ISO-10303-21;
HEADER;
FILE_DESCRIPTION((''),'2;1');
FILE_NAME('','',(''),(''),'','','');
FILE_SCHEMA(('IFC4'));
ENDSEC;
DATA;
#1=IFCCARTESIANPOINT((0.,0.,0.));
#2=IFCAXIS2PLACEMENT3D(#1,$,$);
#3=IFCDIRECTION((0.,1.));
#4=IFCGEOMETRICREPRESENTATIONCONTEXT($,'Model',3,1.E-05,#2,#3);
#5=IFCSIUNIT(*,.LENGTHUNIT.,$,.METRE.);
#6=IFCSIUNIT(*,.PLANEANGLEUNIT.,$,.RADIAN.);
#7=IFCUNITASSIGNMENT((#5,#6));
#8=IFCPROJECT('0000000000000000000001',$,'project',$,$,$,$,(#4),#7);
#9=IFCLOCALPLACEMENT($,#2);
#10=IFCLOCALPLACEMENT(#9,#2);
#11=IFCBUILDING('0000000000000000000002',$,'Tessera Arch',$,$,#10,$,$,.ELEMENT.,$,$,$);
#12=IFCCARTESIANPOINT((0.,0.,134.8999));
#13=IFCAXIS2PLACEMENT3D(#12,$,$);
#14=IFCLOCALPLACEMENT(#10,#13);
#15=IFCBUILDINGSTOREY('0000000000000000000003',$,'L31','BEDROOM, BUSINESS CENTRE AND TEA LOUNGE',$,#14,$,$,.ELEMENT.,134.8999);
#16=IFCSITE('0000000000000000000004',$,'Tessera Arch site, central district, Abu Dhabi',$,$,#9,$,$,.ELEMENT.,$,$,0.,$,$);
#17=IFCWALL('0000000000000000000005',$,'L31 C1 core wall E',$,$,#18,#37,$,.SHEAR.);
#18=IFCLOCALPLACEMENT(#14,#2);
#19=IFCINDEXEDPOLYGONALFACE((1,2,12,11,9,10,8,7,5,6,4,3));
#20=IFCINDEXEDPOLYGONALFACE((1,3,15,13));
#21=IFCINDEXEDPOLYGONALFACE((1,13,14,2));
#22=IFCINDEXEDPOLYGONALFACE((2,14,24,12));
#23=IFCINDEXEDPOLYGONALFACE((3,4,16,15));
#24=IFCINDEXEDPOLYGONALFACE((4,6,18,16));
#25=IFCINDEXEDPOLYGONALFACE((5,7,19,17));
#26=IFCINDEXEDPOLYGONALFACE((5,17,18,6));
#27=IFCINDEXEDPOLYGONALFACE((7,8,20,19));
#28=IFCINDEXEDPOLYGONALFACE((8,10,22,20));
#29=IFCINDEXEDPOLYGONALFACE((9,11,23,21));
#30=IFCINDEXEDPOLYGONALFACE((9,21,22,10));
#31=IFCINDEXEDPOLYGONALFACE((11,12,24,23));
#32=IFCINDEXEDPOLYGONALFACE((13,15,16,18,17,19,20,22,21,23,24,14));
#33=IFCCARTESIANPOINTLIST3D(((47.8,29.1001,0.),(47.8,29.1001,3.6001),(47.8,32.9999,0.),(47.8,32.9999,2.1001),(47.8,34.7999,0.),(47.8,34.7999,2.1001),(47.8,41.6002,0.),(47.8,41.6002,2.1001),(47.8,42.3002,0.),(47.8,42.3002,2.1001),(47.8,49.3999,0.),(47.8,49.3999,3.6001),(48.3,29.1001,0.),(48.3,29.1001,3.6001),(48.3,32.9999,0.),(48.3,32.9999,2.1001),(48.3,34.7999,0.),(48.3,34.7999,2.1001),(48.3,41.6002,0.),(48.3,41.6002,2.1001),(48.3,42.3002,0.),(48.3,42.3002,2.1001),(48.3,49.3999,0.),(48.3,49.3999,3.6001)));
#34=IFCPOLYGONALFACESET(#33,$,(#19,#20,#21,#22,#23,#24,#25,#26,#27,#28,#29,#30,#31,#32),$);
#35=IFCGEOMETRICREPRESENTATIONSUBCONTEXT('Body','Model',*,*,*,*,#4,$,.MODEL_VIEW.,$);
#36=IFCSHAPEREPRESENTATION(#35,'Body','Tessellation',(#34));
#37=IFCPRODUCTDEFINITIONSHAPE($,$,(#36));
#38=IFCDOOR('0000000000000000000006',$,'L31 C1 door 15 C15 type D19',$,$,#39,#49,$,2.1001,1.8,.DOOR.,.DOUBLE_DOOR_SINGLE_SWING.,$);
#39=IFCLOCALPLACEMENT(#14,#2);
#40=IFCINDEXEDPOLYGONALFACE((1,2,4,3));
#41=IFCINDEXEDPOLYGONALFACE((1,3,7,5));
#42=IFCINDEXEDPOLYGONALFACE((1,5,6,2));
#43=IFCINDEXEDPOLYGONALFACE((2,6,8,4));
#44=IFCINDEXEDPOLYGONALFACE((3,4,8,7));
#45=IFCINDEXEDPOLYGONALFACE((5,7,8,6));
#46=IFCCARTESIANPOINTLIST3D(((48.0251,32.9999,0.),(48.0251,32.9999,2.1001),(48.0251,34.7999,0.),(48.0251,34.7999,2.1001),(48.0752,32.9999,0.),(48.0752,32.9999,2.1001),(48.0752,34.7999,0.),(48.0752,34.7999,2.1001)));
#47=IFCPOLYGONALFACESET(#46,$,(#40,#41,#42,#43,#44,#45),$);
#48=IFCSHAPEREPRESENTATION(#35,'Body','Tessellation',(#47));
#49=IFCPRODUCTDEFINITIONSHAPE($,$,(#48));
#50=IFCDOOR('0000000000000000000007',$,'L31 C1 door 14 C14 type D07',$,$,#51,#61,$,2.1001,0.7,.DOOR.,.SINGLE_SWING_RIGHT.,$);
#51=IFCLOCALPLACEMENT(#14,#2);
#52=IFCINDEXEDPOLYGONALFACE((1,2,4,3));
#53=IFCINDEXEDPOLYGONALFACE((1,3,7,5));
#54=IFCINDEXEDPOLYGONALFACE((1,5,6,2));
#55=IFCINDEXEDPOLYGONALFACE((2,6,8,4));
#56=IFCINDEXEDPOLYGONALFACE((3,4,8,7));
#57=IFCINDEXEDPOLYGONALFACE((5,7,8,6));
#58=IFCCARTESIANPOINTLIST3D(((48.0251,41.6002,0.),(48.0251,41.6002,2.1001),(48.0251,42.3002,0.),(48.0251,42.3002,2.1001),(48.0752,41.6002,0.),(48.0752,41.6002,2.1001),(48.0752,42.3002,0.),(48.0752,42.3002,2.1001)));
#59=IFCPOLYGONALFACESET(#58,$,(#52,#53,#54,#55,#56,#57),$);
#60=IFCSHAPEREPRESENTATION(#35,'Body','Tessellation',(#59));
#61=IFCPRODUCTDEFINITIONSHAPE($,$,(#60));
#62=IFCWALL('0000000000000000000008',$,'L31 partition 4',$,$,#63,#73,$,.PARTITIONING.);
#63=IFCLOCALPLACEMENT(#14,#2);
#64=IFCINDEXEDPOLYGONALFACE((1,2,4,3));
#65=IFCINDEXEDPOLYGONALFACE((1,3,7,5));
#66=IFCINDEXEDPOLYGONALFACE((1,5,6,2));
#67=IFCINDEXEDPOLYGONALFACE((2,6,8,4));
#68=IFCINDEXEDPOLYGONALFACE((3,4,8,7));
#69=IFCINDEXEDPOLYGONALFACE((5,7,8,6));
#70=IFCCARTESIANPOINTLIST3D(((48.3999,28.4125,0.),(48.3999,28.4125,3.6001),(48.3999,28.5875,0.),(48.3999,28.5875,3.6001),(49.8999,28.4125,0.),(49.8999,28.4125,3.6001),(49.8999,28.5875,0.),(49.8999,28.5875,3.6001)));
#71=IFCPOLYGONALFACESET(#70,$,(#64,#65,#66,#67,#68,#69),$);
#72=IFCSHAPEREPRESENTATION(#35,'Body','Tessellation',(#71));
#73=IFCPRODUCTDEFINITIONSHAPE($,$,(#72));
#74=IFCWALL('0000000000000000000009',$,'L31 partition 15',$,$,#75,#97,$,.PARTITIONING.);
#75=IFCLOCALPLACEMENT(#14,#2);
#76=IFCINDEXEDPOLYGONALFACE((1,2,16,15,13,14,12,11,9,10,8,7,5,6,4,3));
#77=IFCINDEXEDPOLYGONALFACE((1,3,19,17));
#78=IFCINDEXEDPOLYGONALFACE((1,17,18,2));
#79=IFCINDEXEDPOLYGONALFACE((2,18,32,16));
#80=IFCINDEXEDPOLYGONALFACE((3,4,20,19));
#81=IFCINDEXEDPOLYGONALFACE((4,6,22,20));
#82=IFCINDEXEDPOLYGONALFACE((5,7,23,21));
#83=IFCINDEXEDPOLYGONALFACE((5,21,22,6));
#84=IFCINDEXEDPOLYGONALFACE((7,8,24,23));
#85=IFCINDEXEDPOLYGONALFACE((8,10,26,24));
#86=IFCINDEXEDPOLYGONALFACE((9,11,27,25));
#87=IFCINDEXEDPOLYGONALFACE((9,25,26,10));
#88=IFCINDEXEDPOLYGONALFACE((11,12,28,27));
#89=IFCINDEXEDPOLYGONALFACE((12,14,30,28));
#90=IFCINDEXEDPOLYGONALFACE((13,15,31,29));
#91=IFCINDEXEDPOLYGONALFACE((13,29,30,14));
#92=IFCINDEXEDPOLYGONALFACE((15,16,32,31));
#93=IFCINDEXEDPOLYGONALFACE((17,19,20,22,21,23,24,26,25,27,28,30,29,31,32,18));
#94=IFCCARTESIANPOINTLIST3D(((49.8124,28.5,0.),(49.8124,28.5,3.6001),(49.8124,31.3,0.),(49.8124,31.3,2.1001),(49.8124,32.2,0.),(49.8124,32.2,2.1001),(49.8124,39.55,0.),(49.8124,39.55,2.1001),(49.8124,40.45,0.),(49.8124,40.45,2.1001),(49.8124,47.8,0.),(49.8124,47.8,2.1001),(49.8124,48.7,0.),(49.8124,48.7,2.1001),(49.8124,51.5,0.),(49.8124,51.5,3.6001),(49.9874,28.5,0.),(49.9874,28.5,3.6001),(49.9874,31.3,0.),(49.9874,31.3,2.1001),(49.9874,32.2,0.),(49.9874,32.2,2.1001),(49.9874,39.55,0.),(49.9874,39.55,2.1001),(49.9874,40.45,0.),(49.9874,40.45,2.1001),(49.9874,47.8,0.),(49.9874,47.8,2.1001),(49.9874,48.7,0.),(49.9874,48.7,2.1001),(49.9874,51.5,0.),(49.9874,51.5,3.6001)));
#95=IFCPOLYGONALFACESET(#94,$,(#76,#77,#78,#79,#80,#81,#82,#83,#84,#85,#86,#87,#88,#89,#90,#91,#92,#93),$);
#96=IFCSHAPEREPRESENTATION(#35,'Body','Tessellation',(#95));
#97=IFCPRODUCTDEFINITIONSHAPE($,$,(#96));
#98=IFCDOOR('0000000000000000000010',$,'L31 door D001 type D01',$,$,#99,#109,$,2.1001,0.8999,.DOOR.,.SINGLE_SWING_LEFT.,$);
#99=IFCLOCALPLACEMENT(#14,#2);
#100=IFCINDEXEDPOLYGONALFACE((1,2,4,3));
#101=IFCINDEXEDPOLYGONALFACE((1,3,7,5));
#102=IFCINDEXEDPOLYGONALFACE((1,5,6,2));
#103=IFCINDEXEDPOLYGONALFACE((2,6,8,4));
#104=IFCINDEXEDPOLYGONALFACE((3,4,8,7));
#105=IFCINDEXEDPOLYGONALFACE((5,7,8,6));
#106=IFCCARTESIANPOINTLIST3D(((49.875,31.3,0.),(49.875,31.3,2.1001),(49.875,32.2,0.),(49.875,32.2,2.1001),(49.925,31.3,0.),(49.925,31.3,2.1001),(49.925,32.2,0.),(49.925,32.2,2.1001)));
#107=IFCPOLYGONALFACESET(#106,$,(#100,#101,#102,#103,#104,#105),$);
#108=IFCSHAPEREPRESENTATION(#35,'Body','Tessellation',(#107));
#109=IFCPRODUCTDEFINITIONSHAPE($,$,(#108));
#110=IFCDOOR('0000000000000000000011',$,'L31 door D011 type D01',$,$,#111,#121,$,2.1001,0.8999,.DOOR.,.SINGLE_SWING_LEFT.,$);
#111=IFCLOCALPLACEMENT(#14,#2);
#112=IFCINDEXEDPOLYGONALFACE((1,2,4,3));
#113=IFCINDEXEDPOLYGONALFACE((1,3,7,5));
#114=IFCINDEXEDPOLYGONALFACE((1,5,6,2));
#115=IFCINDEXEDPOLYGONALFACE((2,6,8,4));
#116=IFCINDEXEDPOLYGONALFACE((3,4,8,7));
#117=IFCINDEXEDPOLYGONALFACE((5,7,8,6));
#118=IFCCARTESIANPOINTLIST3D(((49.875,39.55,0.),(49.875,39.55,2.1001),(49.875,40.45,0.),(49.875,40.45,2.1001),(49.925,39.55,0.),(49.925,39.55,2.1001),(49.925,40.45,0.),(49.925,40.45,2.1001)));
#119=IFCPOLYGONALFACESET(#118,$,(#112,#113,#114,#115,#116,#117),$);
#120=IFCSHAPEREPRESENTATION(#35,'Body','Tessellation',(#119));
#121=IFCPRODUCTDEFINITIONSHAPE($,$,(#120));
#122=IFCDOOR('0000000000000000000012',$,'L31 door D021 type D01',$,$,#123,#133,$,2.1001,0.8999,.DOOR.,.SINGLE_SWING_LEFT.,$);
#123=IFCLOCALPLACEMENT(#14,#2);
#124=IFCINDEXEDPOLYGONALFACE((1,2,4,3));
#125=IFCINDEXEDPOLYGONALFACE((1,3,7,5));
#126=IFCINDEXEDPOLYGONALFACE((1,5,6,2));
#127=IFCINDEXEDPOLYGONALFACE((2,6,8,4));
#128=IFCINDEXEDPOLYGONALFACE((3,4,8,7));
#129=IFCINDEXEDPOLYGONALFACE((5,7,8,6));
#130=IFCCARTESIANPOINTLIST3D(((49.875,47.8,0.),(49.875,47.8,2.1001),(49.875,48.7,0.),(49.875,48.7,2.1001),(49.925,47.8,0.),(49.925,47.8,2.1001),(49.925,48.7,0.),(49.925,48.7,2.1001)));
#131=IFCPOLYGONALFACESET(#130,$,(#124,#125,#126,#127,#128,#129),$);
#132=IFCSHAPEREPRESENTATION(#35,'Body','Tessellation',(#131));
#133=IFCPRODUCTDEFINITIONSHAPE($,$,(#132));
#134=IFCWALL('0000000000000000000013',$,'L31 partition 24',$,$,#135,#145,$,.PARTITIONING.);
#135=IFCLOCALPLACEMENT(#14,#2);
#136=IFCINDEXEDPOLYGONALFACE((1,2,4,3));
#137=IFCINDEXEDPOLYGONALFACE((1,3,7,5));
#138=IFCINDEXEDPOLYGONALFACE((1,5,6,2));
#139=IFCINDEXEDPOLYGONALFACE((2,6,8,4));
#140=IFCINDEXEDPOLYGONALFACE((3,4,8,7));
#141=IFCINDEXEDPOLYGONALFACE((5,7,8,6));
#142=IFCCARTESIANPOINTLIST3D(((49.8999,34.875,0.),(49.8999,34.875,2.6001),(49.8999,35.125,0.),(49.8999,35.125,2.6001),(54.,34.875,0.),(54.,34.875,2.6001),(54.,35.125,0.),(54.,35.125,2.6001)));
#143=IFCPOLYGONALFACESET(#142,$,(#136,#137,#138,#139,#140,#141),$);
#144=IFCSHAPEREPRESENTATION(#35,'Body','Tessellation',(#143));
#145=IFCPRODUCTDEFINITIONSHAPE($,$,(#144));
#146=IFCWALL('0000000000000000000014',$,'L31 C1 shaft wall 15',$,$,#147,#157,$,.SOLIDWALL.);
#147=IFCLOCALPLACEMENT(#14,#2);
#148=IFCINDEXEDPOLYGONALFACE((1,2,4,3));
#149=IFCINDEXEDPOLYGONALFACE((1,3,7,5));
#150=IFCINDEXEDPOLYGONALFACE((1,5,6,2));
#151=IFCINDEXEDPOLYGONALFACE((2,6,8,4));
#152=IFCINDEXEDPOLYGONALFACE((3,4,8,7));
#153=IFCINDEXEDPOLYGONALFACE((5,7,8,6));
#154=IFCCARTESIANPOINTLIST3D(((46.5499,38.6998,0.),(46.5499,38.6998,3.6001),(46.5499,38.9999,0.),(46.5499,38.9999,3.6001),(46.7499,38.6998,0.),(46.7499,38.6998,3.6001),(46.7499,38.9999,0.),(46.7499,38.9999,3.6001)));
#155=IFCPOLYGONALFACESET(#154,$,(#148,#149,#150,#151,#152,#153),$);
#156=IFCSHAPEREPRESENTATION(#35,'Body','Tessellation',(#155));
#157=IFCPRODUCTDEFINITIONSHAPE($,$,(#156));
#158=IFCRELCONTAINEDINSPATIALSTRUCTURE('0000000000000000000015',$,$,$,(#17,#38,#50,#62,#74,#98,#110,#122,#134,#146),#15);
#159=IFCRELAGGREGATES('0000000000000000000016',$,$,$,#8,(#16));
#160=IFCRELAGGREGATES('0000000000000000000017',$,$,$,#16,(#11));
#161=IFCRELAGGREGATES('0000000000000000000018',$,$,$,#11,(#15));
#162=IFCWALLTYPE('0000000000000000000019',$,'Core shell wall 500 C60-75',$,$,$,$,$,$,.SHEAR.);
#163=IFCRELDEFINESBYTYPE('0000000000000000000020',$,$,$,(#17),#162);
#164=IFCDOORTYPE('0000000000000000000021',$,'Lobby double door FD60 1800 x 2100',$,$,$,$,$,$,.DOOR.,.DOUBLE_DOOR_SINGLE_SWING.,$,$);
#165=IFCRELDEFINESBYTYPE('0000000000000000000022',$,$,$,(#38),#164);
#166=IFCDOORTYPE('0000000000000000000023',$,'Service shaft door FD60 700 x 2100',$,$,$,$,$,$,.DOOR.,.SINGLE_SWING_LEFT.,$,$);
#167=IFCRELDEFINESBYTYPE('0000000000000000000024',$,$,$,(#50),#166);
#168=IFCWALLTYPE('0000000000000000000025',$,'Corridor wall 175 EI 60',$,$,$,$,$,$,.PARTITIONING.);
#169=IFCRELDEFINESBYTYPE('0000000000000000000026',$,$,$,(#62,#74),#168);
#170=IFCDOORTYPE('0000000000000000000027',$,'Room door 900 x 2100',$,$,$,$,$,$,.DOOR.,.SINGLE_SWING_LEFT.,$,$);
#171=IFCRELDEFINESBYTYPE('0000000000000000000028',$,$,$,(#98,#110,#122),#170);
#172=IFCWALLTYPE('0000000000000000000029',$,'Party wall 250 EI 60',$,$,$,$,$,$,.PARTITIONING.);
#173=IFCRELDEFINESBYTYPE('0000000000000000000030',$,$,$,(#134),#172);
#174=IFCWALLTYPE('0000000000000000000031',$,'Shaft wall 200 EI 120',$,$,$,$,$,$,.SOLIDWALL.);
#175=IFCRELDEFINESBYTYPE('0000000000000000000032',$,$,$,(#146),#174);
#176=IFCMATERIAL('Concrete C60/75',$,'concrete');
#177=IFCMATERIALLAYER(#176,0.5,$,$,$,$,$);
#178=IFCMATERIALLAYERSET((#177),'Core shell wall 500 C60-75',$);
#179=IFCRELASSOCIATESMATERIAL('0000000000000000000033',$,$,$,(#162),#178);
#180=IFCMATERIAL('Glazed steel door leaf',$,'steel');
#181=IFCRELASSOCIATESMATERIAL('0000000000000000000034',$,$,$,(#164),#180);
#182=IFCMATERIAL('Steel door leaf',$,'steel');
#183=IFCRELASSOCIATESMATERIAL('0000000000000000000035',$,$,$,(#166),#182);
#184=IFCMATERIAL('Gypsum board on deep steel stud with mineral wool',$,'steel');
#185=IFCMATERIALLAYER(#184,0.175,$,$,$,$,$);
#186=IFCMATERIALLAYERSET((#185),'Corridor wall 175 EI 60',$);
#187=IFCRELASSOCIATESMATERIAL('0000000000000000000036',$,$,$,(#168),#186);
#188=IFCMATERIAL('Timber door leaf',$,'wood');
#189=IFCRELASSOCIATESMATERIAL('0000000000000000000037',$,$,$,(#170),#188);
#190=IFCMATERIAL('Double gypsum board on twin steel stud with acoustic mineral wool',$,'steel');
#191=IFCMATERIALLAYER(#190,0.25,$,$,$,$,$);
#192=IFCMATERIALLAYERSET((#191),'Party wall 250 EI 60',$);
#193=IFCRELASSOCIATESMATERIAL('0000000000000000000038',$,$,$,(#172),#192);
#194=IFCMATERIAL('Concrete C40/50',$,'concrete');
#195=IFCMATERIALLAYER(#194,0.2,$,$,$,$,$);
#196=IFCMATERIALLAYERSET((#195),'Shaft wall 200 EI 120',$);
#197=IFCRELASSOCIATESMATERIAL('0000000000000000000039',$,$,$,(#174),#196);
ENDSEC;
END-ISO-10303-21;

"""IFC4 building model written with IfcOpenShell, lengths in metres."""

from ifc_helpers import new_model, si_unit, direction, frame, frame_2d, origin, place, context, subcontext, project, spatial, rectangle, extrude, material, layer, layer_set, type_object, element, fill, save


model = new_model("IFC4")

# Units and contexts
model_context = context("Model", 3, precision=1e-05, world=origin(), true_north=direction((0.0, 1.0)))
body_context = subcontext(model_context, "Body", "Model", "MODEL_VIEW")
ifc_project = project(units=[si_unit("LENGTHUNIT", "METRE"), si_unit("PLANEANGLEUNIT", "RADIAN")], contexts=[model_context])

# Site, building, storey
site_placement = place(None, origin())
site = spatial("IfcSite", under=ifc_project, at=site_placement, Name="Tessera Arch site, central district, Abu Dhabi", CompositionType="ELEMENT", RefElevation=0.0)
building_placement = place(site_placement, origin())
building = spatial("IfcBuilding", under=site, at=building_placement, Name="Tessera Arch", CompositionType="ELEMENT")
storey_placement = place(building_placement, frame((0.0, 0.0, 134.8999)))
storey = spatial("IfcBuildingStorey", under=building, at=storey_placement, Name="L31", Description="BEDROOM, BUSINESS CENTRE AND TEA LOUNGE", CompositionType="ELEMENT", Elevation=134.8999)

# Wall, openings, doors
ifc_material_1 = material(Name="Concrete C60/75", Category="concrete")
ifc_layer_1 = layer(ifc_material_1, 0.5)
ifc_layer_set_1 = layer_set([ifc_layer_1], Name="Core shell wall 500 C60-75")
wall_type_1 = type_object("IfcWallType", Name="Core shell wall 500 C60-75", PredefinedType="SHEAR", material=ifc_layer_set_1)
wall_1_placement = place(storey_placement, frame((48.05, 29.1001, 0.0), z_axis=(0.0, 0.0, 1.0), x_axis=(0.0, 1.0, 0.0)))
wall_1 = element("IfcWall", 1, at=wall_1_placement, inside=storey, type_object=wall_type_1, Name="L31 C1 core wall E", PredefinedType="SHEAR", context=body_context, shape_type="SweptSolid", body=[
    extrude(rectangle(XDim=20.2998, YDim=0.5, at=frame_2d((10.1499, 0.0))), origin(), (0.0, 0.0, 1.0), 3.6001),
])
opening_1_placement = place(wall_1_placement, frame((12.5, 0.0, 0.0)))
opening_1 = element("IfcOpeningElement", 2, at=opening_1_placement, cuts=wall_1, PredefinedType="OPENING", context=body_context, shape_type="SweptSolid", body=[
    extrude(rectangle(XDim=0.7, YDim=2.1001, at=frame_2d((0.3501, 1.05))), frame((0.0, 0.26, 0.0), z_axis=(0.0, -1.0, 0.0), x_axis=(1.0, 0.0, 0.0)), (0.0, 0.0, 1.0), 0.52),
])
opening_2_placement = place(wall_1_placement, frame((3.8999, 0.0, 0.0)))
opening_2 = element("IfcOpeningElement", 3, at=opening_2_placement, cuts=wall_1, PredefinedType="OPENING", context=body_context, shape_type="SweptSolid", body=[
    extrude(rectangle(XDim=1.8, YDim=2.1001, at=frame_2d((0.8999, 1.05))), frame((0.0, 0.26, 0.0), z_axis=(0.0, -1.0, 0.0), x_axis=(1.0, 0.0, 0.0)), (0.0, 0.0, 1.0), 0.52),
])
ifc_material_2 = material(Name="Glazed steel door leaf", Category="steel")
door_type_1 = type_object("IfcDoorType", Name="Lobby double door FD60 1800 x 2100", OperationType="DOUBLE_DOOR_SINGLE_SWING", PredefinedType="DOOR", material=ifc_material_2)
door_1_placement = place(opening_2_placement, origin())
door_1 = element("IfcDoor", 4, at=door_1_placement, inside=storey, type_object=door_type_1, Name="L31 C1 door 15 C15 type D19", OperationType="DOUBLE_DOOR_SINGLE_SWING", OverallHeight=2.1001, OverallWidth=1.8, PredefinedType="DOOR", context=body_context, shape_type="SweptSolid", body=[
    extrude(rectangle(XDim=1.8, YDim=2.1001, at=frame_2d((0.8999, 1.05))), frame((0.0, 0.0249, 0.0), z_axis=(0.0, -1.0, 0.0), x_axis=(1.0, 0.0, 0.0)), (0.0, 0.0, 1.0), 0.05),
])
fill(opening_2, door_1)
ifc_material_3 = material(Name="Steel door leaf", Category="steel")
door_type_2 = type_object("IfcDoorType", Name="Service shaft door FD60 700 x 2100", OperationType="SINGLE_SWING_LEFT", PredefinedType="DOOR", material=ifc_material_3)
door_2_placement = place(opening_1_placement, origin())
door_2 = element("IfcDoor", 5, at=door_2_placement, inside=storey, type_object=door_type_2, Name="L31 C1 door 14 C14 type D07", OperationType="SINGLE_SWING_RIGHT", OverallHeight=2.1001, OverallWidth=0.7, PredefinedType="DOOR", context=body_context, shape_type="SweptSolid", body=[
    extrude(rectangle(XDim=0.7, YDim=2.1001, at=frame_2d((0.3501, 1.05))), frame((0.0, 0.0249, 0.0), z_axis=(0.0, -1.0, 0.0), x_axis=(1.0, 0.0, 0.0)), (0.0, 0.0, 1.0), 0.05),
])
fill(opening_1, door_2)

# Wall
ifc_material_4 = material(Name="Gypsum board on deep steel stud with mineral wool", Category="steel")
ifc_layer_2 = layer(ifc_material_4, 0.175)
ifc_layer_set_2 = layer_set([ifc_layer_2], Name="Corridor wall 175 EI 60")
wall_type_2 = type_object("IfcWallType", Name="Corridor wall 175 EI 60", PredefinedType="PARTITIONING", material=ifc_layer_set_2)
wall_2_placement = place(storey_placement, frame((48.3999, 28.5, 0.0), z_axis=(0.0, 0.0, 1.0), x_axis=(1.0, 0.0, 0.0)))
element("IfcWall", 6, at=wall_2_placement, inside=storey, type_object=wall_type_2, Name="L31 partition 4", PredefinedType="PARTITIONING", context=body_context, shape_type="SweptSolid", body=[
    extrude(rectangle(XDim=1.5, YDim=0.175, at=frame_2d((0.75, 0.0))), origin(), (0.0, 0.0, 1.0), 3.6001),
])

# Wall, openings, doors
wall_3_placement = place(storey_placement, frame((49.8999, 28.5, 0.0), z_axis=(0.0, 0.0, 1.0), x_axis=(0.0, 1.0, 0.0)))
wall_3 = element("IfcWall", 7, at=wall_3_placement, inside=storey, type_object=wall_type_2, Name="L31 partition 15", PredefinedType="PARTITIONING", context=body_context, shape_type="SweptSolid", body=[
    extrude(rectangle(XDim=23.0, YDim=0.175, at=frame_2d((11.5, 0.0))), origin(), (0.0, 0.0, 1.0), 3.6001),
])
opening_3_placement = place(wall_3_placement, frame((2.8, 0.0, 0.0)))
opening_3 = element("IfcOpeningElement", 8, at=opening_3_placement, cuts=wall_3, PredefinedType="OPENING", context=body_context, shape_type="SweptSolid", body=[
    extrude(rectangle(XDim=0.8999, YDim=2.1001, at=frame_2d((0.45, 1.05))), frame((0.0, 0.0974, 0.0), z_axis=(0.0, -1.0, 0.0), x_axis=(1.0, 0.0, 0.0)), (0.0, 0.0, 1.0), 0.1951),
])
opening_4_placement = place(wall_3_placement, frame((11.05, 0.0, 0.0)))
opening_4 = element("IfcOpeningElement", 9, at=opening_4_placement, cuts=wall_3, PredefinedType="OPENING", context=body_context, shape_type="SweptSolid", body=[
    extrude(rectangle(XDim=0.8999, YDim=2.1001, at=frame_2d((0.45, 1.05))), frame((0.0, 0.0974, 0.0), z_axis=(0.0, -1.0, 0.0), x_axis=(1.0, 0.0, 0.0)), (0.0, 0.0, 1.0), 0.1951),
])
opening_5_placement = place(wall_3_placement, frame((19.3, 0.0, 0.0)))
opening_5 = element("IfcOpeningElement", 10, at=opening_5_placement, cuts=wall_3, PredefinedType="OPENING", context=body_context, shape_type="SweptSolid", body=[
    extrude(rectangle(XDim=0.8999, YDim=2.1001, at=frame_2d((0.45, 1.05))), frame((0.0, 0.0974, 0.0), z_axis=(0.0, -1.0, 0.0), x_axis=(1.0, 0.0, 0.0)), (0.0, 0.0, 1.0), 0.1951),
])
ifc_material_5 = material(Name="Timber door leaf", Category="wood")
door_type_3 = type_object("IfcDoorType", Name="Room door 900 x 2100", OperationType="SINGLE_SWING_LEFT", PredefinedType="DOOR", material=ifc_material_5)
door_3_placement = place(opening_3_placement, origin())
door_3 = element("IfcDoor", 11, at=door_3_placement, inside=storey, type_object=door_type_3, Name="L31 door D001 type D01", OperationType="SINGLE_SWING_LEFT", OverallHeight=2.1001, OverallWidth=0.8999, PredefinedType="DOOR", context=body_context, shape_type="SweptSolid", body=[
    extrude(rectangle(XDim=0.8999, YDim=2.1001, at=frame_2d((0.45, 1.05))), frame((0.0, 0.0249, 0.0), z_axis=(0.0, -1.0, 0.0), x_axis=(1.0, 0.0, 0.0)), (0.0, 0.0, 1.0), 0.05),
])
fill(opening_3, door_3)
door_4_placement = place(opening_4_placement, origin())
door_4 = element("IfcDoor", 12, at=door_4_placement, inside=storey, type_object=door_type_3, Name="L31 door D011 type D01", OperationType="SINGLE_SWING_LEFT", OverallHeight=2.1001, OverallWidth=0.8999, PredefinedType="DOOR", context=body_context, shape_type="SweptSolid", body=[
    extrude(rectangle(XDim=0.8999, YDim=2.1001, at=frame_2d((0.45, 1.05))), frame((0.0, 0.0249, 0.0), z_axis=(0.0, -1.0, 0.0), x_axis=(1.0, 0.0, 0.0)), (0.0, 0.0, 1.0), 0.05),
])
fill(opening_4, door_4)
door_5_placement = place(opening_5_placement, origin())
door_5 = element("IfcDoor", 13, at=door_5_placement, inside=storey, type_object=door_type_3, Name="L31 door D021 type D01", OperationType="SINGLE_SWING_LEFT", OverallHeight=2.1001, OverallWidth=0.8999, PredefinedType="DOOR", context=body_context, shape_type="SweptSolid", body=[
    extrude(rectangle(XDim=0.8999, YDim=2.1001, at=frame_2d((0.45, 1.05))), frame((0.0, 0.0249, 0.0), z_axis=(0.0, -1.0, 0.0), x_axis=(1.0, 0.0, 0.0)), (0.0, 0.0, 1.0), 0.05),
])
fill(opening_5, door_5)

# Walls
ifc_material_6 = material(Name="Double gypsum board on twin steel stud with acoustic mineral wool", Category="steel")
ifc_layer_3 = layer(ifc_material_6, 0.25)
ifc_layer_set_3 = layer_set([ifc_layer_3], Name="Party wall 250 EI 60")
wall_type_3 = type_object("IfcWallType", Name="Party wall 250 EI 60", PredefinedType="PARTITIONING", material=ifc_layer_set_3)
wall_4_placement = place(storey_placement, frame((49.8999, 35.0, 0.0), z_axis=(0.0, 0.0, 1.0), x_axis=(1.0, 0.0, 0.0)))
element("IfcWall", 14, at=wall_4_placement, inside=storey, type_object=wall_type_3, Name="L31 partition 24", PredefinedType="PARTITIONING", context=body_context, shape_type="SweptSolid", body=[
    extrude(rectangle(XDim=4.1001, YDim=0.25, at=frame_2d((2.05, 0.0))), origin(), (0.0, 0.0, 1.0), 2.6001),
])
ifc_material_7 = material(Name="Concrete C40/50", Category="concrete")
ifc_layer_4 = layer(ifc_material_7, 0.2)
ifc_layer_set_4 = layer_set([ifc_layer_4], Name="Shaft wall 200 EI 120")
wall_type_4 = type_object("IfcWallType", Name="Shaft wall 200 EI 120", PredefinedType="SOLIDWALL", material=ifc_layer_set_4)
wall_5_placement = place(storey_placement, frame((46.6499, 38.7, 0.0), z_axis=(0.0, 0.0, 1.0), x_axis=(0.0, 1.0, 0.0)))
element("IfcWall", 15, at=wall_5_placement, inside=storey, type_object=wall_type_4, Name="L31 C1 shaft wall 15", PredefinedType="SOLIDWALL", context=body_context, shape_type="SweptSolid", body=[
    extrude(rectangle(XDim=0.3, YDim=0.2, at=frame_2d((0.1499, 0.0))), origin(), (0.0, 0.0, 1.0), 3.6001),
])

save(model, "model.ifc")
